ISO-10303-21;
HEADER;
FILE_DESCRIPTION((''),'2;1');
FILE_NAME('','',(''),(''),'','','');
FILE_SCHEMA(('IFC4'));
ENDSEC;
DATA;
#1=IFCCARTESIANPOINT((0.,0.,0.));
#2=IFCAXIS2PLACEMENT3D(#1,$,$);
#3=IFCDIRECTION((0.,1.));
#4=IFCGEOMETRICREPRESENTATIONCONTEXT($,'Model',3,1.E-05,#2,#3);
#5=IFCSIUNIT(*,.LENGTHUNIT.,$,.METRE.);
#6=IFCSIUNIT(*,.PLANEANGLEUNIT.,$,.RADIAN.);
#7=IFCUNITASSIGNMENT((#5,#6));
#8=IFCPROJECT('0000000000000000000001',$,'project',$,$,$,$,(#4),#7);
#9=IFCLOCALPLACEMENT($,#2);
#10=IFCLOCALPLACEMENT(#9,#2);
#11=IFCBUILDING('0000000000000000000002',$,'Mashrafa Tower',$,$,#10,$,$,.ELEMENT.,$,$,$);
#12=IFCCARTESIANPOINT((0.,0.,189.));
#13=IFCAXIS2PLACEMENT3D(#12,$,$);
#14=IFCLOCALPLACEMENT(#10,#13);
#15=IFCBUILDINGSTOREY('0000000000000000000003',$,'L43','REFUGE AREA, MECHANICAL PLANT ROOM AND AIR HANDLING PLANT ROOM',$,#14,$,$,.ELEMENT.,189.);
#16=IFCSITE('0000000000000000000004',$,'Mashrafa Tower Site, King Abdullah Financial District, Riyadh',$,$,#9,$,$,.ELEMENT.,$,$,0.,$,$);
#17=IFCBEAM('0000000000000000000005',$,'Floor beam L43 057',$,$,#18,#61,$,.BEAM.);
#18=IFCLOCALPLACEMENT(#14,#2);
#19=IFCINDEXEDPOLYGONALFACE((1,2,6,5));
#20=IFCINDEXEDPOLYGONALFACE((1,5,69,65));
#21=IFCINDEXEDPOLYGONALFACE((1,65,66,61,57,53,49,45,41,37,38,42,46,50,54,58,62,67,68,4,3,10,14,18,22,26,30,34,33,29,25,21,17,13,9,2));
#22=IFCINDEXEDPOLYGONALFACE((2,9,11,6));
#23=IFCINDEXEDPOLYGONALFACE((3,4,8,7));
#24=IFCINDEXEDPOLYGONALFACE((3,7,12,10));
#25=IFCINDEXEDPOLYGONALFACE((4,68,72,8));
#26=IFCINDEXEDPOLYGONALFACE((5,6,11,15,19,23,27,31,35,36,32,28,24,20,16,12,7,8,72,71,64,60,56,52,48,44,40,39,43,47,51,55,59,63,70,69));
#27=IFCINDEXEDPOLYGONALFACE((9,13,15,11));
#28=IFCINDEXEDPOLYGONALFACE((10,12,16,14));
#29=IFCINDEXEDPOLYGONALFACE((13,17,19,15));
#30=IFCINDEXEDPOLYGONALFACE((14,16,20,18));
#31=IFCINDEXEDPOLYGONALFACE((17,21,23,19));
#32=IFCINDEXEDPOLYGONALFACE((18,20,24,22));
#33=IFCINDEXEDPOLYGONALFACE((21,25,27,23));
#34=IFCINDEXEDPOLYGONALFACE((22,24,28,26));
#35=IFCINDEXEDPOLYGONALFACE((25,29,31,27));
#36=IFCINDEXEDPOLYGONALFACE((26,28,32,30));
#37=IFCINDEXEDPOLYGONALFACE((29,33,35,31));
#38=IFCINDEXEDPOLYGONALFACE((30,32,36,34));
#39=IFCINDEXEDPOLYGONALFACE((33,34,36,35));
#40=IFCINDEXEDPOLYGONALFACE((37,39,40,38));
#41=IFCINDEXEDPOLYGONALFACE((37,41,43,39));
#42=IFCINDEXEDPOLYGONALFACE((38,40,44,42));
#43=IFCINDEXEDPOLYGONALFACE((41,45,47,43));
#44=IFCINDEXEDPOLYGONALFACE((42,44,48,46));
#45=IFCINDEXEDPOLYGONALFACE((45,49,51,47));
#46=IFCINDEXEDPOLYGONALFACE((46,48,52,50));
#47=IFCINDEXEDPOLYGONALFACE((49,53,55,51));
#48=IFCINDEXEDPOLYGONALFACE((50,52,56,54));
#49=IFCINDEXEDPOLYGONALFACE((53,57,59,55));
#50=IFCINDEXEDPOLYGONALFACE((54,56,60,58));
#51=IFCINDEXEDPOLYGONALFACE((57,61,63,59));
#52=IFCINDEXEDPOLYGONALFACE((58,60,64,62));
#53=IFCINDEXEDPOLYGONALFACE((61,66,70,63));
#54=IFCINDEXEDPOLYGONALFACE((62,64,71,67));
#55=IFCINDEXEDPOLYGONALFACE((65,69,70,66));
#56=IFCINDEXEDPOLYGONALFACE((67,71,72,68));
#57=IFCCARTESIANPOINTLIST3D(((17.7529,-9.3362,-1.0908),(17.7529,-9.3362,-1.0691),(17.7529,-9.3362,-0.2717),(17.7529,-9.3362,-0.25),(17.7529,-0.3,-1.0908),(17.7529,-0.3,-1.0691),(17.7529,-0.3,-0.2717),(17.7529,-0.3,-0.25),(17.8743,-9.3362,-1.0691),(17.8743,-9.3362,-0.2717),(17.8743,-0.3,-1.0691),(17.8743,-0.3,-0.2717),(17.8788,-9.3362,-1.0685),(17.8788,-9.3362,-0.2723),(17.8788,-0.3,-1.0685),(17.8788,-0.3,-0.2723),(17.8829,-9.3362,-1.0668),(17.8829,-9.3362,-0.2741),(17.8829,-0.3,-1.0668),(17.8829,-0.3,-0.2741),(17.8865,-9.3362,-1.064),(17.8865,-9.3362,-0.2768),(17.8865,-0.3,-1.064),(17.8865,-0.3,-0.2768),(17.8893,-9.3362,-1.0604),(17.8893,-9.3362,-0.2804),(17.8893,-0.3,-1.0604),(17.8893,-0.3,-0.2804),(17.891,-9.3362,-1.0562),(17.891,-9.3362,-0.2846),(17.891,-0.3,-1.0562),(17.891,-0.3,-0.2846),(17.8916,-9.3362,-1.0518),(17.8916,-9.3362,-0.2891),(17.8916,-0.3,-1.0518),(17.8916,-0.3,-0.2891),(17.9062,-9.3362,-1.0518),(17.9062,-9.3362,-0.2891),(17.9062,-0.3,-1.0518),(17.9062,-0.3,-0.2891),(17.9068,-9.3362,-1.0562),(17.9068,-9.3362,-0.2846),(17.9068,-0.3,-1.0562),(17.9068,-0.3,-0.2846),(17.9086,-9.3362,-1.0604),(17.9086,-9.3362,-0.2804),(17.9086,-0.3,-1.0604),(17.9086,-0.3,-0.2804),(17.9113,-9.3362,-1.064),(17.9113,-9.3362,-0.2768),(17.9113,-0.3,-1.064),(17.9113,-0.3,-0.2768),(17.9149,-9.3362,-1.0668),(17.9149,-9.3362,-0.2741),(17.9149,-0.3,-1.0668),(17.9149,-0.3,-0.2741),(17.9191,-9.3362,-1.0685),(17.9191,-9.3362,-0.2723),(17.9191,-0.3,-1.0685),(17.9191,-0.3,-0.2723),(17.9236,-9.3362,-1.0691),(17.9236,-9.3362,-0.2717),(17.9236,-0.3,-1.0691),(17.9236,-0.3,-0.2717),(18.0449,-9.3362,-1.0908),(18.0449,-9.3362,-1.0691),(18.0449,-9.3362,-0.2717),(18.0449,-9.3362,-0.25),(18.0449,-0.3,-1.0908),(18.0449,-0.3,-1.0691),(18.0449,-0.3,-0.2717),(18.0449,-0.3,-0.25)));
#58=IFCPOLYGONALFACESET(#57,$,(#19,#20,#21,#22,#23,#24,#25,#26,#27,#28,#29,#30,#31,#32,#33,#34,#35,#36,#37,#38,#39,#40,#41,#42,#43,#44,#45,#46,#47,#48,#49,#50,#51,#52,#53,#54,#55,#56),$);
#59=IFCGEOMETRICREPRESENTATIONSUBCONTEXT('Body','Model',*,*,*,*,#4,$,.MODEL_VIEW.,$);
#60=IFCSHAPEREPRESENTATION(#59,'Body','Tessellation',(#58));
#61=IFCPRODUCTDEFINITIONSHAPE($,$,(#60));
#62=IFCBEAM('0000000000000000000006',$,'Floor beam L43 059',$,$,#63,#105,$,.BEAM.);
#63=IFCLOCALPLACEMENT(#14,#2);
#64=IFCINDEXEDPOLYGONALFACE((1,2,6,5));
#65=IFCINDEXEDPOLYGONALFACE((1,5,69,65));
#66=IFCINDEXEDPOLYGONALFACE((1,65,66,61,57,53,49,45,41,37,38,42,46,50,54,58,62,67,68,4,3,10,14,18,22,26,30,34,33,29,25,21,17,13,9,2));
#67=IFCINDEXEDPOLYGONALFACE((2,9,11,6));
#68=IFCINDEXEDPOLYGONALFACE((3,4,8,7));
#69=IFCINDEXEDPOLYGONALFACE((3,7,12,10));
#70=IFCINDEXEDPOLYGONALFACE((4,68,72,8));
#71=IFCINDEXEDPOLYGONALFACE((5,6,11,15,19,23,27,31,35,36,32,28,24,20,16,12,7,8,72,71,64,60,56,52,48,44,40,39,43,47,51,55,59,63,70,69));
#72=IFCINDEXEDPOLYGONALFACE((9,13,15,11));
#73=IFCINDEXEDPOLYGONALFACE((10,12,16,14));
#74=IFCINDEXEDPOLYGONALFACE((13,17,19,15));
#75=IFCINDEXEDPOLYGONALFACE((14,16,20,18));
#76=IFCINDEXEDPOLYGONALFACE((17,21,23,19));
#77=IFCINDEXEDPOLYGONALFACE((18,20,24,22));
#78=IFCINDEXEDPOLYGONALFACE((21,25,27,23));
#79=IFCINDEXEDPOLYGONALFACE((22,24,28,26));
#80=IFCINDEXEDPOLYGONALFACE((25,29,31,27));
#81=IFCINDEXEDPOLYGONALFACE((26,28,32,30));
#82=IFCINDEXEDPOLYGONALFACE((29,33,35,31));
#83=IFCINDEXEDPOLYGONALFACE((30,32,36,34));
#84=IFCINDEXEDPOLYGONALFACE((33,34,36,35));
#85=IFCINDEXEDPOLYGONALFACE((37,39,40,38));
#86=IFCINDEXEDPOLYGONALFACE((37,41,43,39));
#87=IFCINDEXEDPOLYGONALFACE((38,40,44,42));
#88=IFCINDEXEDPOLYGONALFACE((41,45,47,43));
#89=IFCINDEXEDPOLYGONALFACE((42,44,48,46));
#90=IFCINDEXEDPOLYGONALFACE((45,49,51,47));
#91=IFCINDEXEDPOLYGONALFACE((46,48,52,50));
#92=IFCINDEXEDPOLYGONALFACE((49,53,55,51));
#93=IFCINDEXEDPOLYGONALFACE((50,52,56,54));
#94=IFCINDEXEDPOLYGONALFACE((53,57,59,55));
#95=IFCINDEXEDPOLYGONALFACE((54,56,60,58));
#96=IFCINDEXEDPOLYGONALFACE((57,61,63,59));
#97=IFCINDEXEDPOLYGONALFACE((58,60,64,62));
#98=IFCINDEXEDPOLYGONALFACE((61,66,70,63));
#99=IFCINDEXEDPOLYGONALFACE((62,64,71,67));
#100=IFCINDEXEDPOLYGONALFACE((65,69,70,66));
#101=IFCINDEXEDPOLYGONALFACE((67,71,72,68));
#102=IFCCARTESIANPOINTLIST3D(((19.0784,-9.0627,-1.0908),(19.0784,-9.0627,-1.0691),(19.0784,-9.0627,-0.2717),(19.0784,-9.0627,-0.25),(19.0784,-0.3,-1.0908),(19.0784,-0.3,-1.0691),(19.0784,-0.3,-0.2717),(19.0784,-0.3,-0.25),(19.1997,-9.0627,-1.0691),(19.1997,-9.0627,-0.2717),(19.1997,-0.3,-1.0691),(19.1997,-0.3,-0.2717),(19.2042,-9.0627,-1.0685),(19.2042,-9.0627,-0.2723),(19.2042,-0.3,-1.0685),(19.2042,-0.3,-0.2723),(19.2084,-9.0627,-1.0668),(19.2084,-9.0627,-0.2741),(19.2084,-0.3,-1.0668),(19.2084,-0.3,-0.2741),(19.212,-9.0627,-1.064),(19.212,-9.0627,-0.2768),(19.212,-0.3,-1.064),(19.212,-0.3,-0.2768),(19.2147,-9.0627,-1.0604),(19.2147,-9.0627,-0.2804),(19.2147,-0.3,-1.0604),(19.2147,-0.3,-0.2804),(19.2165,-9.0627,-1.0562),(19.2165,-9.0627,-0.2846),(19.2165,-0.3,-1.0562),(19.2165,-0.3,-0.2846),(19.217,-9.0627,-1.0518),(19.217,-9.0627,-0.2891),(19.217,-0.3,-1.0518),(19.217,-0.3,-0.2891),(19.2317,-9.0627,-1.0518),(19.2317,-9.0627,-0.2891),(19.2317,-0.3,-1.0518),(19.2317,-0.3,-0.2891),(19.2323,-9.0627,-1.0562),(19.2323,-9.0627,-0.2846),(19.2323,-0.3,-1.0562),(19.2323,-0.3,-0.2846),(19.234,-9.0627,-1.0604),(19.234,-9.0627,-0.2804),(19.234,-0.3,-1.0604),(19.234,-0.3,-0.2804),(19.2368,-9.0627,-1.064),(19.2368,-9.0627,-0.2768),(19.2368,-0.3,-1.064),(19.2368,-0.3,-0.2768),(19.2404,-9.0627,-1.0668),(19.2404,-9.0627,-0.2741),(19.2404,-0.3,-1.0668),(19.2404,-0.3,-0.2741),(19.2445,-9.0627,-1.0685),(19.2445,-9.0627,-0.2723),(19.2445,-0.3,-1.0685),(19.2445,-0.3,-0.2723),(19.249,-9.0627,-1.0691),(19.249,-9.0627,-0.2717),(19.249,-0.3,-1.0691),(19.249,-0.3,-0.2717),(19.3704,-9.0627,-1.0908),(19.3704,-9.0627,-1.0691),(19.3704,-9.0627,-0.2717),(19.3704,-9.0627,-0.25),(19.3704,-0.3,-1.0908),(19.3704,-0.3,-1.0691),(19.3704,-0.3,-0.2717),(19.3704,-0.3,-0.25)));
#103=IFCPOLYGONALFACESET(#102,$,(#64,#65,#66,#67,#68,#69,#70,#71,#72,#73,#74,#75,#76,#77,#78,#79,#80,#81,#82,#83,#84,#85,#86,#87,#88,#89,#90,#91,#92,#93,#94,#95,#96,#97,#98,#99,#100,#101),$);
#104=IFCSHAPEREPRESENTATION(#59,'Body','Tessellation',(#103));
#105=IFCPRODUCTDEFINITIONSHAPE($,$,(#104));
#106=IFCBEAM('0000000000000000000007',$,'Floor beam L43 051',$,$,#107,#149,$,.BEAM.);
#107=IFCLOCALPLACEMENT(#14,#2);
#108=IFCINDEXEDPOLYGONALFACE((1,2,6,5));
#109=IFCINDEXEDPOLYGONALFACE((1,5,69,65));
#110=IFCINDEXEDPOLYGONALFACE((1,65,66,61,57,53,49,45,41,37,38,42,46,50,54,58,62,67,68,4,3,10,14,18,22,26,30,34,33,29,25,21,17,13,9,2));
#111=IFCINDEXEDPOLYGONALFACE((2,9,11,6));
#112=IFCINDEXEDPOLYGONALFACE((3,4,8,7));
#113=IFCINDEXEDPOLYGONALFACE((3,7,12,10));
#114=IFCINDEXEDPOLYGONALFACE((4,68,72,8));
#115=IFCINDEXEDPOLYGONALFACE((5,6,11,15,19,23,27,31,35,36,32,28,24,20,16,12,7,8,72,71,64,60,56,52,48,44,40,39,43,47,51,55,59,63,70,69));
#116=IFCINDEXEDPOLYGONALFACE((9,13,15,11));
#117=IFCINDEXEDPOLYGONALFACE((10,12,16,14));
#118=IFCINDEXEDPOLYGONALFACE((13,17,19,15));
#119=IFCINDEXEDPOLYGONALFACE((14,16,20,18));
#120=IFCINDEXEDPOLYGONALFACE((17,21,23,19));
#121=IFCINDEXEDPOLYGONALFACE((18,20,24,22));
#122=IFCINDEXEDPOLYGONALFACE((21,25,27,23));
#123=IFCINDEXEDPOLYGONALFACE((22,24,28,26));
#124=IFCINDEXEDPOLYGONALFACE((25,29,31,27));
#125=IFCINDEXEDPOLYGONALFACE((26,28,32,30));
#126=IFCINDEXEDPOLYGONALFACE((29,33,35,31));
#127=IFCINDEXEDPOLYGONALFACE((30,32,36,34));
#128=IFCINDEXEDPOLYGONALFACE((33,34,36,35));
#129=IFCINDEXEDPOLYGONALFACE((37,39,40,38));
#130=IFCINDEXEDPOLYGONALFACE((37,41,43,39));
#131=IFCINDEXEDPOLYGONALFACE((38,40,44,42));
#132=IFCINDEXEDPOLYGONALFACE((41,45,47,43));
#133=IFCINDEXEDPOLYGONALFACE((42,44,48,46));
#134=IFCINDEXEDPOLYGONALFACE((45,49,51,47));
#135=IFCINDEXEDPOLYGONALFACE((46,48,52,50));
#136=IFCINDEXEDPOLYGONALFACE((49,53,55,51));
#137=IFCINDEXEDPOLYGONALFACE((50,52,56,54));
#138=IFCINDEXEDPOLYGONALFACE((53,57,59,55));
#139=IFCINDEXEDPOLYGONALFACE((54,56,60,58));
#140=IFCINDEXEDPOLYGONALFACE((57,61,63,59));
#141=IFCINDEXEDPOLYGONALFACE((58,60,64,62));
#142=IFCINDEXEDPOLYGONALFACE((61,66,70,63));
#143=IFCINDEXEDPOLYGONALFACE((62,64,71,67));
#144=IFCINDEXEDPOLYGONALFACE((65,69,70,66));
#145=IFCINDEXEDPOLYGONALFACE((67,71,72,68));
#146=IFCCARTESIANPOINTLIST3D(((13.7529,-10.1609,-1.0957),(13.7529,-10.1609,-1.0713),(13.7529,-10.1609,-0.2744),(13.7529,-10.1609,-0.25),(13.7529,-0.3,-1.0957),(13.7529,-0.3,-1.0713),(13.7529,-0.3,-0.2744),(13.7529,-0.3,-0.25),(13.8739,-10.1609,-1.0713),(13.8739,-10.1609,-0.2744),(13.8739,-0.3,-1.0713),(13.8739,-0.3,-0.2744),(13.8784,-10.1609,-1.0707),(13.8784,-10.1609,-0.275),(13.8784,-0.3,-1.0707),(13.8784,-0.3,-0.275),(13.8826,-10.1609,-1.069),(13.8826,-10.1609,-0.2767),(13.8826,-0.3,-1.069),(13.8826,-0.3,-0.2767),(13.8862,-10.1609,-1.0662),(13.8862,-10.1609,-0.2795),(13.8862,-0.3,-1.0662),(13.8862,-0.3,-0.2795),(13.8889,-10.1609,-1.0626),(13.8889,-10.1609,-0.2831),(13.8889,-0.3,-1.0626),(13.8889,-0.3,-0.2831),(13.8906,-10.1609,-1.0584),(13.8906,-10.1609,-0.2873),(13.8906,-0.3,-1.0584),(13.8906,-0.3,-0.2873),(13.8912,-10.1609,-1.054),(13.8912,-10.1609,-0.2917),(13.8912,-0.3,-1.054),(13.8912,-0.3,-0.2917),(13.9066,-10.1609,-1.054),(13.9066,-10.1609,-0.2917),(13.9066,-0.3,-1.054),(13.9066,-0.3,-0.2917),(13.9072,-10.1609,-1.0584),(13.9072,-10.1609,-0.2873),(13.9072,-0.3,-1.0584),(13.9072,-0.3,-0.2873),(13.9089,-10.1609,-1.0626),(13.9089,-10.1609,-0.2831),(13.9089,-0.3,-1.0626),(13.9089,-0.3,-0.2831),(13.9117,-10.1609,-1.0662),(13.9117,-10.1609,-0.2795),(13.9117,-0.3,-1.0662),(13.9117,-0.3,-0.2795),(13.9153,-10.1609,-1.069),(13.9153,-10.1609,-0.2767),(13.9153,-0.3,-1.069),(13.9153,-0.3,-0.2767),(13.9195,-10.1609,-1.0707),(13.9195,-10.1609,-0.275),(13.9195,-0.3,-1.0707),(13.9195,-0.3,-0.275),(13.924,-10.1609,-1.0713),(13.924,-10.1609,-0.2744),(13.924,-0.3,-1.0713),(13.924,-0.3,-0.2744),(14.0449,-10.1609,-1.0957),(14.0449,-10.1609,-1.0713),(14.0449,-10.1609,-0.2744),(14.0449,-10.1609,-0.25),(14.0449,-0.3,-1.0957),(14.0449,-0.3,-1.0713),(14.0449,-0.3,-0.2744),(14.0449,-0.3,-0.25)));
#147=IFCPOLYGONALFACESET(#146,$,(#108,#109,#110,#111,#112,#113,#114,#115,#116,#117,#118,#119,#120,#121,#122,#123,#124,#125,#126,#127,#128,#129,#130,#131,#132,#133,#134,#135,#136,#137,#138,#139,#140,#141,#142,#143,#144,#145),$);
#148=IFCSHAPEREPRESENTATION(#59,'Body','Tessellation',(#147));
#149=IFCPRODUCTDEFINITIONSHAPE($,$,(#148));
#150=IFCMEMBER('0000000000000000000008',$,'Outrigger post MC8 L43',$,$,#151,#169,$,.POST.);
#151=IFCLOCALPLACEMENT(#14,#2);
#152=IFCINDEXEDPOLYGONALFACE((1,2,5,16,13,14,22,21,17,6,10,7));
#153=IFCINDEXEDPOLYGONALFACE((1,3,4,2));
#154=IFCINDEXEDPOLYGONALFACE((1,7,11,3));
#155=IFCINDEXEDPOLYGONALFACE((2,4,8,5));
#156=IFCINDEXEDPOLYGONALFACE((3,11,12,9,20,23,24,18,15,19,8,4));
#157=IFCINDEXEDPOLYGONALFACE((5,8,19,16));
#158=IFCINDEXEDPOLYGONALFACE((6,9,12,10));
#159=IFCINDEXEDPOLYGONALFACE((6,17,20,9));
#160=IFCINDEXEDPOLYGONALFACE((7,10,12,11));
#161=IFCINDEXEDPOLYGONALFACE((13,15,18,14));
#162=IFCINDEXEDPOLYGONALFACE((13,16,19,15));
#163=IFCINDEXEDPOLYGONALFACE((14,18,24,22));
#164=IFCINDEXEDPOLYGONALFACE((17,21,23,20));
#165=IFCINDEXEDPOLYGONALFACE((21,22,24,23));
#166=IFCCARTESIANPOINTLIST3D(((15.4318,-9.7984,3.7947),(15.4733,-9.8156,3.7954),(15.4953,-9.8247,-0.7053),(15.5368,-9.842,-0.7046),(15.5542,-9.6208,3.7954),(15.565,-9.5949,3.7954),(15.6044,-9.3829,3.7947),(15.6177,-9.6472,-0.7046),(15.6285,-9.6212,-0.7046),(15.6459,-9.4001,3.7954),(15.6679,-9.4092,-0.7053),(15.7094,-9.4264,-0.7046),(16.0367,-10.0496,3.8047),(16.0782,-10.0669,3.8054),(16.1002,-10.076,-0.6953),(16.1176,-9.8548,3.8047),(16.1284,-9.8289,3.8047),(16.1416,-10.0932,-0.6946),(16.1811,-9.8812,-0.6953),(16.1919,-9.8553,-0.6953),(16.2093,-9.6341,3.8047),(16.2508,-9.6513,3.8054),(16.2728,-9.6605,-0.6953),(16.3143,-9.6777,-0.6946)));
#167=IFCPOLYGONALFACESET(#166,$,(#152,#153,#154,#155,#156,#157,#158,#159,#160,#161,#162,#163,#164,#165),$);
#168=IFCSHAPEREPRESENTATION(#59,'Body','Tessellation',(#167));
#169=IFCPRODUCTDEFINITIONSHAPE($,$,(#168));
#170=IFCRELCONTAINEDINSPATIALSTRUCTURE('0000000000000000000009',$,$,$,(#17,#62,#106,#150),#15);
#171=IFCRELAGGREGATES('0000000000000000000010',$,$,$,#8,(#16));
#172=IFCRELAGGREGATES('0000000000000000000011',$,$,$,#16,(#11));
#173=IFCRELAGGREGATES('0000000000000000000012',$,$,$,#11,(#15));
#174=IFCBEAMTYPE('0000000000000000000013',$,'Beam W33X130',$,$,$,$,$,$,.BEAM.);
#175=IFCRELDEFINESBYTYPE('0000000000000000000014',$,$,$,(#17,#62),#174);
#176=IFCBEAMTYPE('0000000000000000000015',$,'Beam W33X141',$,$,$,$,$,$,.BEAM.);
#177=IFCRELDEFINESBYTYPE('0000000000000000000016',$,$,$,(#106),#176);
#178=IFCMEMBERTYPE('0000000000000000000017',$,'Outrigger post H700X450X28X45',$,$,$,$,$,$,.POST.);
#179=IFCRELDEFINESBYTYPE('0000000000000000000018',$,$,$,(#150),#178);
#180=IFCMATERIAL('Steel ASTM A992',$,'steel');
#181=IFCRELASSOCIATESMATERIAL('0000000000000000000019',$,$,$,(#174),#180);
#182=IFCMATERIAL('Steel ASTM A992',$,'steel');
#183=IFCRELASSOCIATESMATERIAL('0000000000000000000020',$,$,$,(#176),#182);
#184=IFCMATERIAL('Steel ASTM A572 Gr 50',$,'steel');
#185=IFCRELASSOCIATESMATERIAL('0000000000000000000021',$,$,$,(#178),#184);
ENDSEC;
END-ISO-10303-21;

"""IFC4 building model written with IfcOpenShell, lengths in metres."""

from ifc_helpers import new_model, si_unit, direction, frame, origin, origin_2d, place, context, subcontext, project, spatial, i_section, extrude, source, transform, mapped, material, material_profile, profile_set, type_object, type_shapes, element, save


model = new_model("IFC4")

# Units and contexts
model_context = context("Model", 3, precision=1e-05, world=origin(), true_north=direction((0.0, 1.0)))
body_context = subcontext(model_context, "Body", "Model", "MODEL_VIEW")
ifc_project = project(units=[si_unit("LENGTHUNIT", "METRE"), si_unit("PLANEANGLEUNIT", "RADIAN")], contexts=[model_context])

# Site, building, storey
site_placement = place(None, origin())
site = spatial("IfcSite", under=ifc_project, at=site_placement, Name="Mashrafa Tower Site, King Abdullah Financial District, Riyadh", CompositionType="ELEMENT", RefElevation=0.0)
building_placement = place(site_placement, origin())
building = spatial("IfcBuilding", under=site, at=building_placement, Name="Mashrafa Tower", CompositionType="ELEMENT")
storey_placement = place(building_placement, frame((0.0, 0.0, 189.0)))
storey = spatial("IfcBuildingStorey", under=building, at=storey_placement, Name="L43", Description="REFUGE AREA, MECHANICAL PLANT ROOM AND AIR HANDLING PLANT ROOM", CompositionType="ELEMENT", Elevation=189.0)

# Beams
ifc_material_1 = material(Name="Steel ASTM A992", Category="steel")
ifc_material_profile_1 = material_profile(ifc_material_1, i_section(OverallWidth=0.292, OverallDepth=0.8408, WebThickness=0.0146, FlangeThickness=0.0217, FilletRadius=0.0173, at=origin_2d()), Name="W33X130")
ifc_profile_set_1 = profile_set([ifc_material_profile_1], Name="Steel ASTM A992")
beam_type_1 = type_object("IfcBeamType", Name="Beam W33X130", PredefinedType="BEAM", material=ifc_profile_set_1)
beam_1_placement = place(storey_placement, frame((17.8989, -0.3, -0.6704), z_axis=(0.0, -1.0, 0.0), x_axis=(1.0, 0.0, 0.0)))
element("IfcBeam", 1, at=beam_1_placement, inside=storey, type_object=beam_type_1, Name="Floor beam L43 057", PredefinedType="BEAM", context=body_context, shape_type="SweptSolid", body=[
    extrude(i_section(OverallWidth=0.292, OverallDepth=0.8408, WebThickness=0.0146, FlangeThickness=0.0217, FilletRadius=0.0173, at=origin_2d()), origin(), (0.0, 0.0, 1.0), 9.0361),
])
beam_2_placement = place(storey_placement, frame((19.2244, -0.3, -0.6704), z_axis=(0.0, -1.0, 0.0), x_axis=(1.0, 0.0, 0.0)))
element("IfcBeam", 2, at=beam_2_placement, inside=storey, type_object=beam_type_1, Name="Floor beam L43 059", PredefinedType="BEAM", context=body_context, shape_type="SweptSolid", body=[
    extrude(i_section(OverallWidth=0.292, OverallDepth=0.8408, WebThickness=0.0146, FlangeThickness=0.0217, FilletRadius=0.0173, at=origin_2d()), origin(), (0.0, 0.0, 1.0), 8.7627),
])
ifc_material_2 = material(Name="Steel ASTM A992", Category="steel")
ifc_material_profile_2 = material_profile(ifc_material_2, i_section(OverallWidth=0.292, OverallDepth=0.8457, WebThickness=0.0154, FlangeThickness=0.0244, FilletRadius=0.0173, at=origin_2d()), Name="W33X141")
ifc_profile_set_2 = profile_set([ifc_material_profile_2], Name="Steel ASTM A992")
beam_type_2 = type_object("IfcBeamType", Name="Beam W33X141", PredefinedType="BEAM", material=ifc_profile_set_2)
beam_3_placement = place(storey_placement, frame((13.8989, -0.3, -0.6729), z_axis=(0.0, -1.0, 0.0), x_axis=(1.0, 0.0, 0.0)))
element("IfcBeam", 3, at=beam_3_placement, inside=storey, type_object=beam_type_2, Name="Floor beam L43 051", PredefinedType="BEAM", context=body_context, shape_type="SweptSolid", body=[
    extrude(i_section(OverallWidth=0.292, OverallDepth=0.8457, WebThickness=0.0154, FlangeThickness=0.0244, FilletRadius=0.0173, at=origin_2d()), origin(), (0.0, 0.0, 1.0), 9.8608),
])

# Member
ifc_material_3 = material(Name="Steel ASTM A572 Gr 50", Category="steel")
ifc_material_profile_3 = material_profile(ifc_material_3, i_section(OverallWidth=0.45, OverallDepth=0.7, WebThickness=0.0281, FlangeThickness=0.0449, at=origin_2d()), Name="H700X450X28X45")
ifc_profile_set_3 = profile_set([ifc_material_profile_3], Name="Steel ASTM A572 Gr 50")
member_type_1 = type_object("IfcMemberType", Name="Outrigger post H700X450X28X45", PredefinedType="POST", material=ifc_profile_set_3)
shared_shape_1 = source(origin(), body_context, "Body", "SweptSolid", [
    extrude(i_section(OverallWidth=0.45, OverallDepth=0.7, WebThickness=0.0281, FlangeThickness=0.0449, at=origin_2d()), origin(), (0.0, 0.0, 1.0), 4.5005),
])
type_shapes(member_type_1, [shared_shape_1])
member_1_placement = place(storey_placement, frame((15.9048, -9.7512, -0.7), z_axis=(-0.014104, 0.005859, 0.999883), x_axis=(-0.383606, -0.923497, 0.0)))
element("IfcMember", 4, at=member_1_placement, inside=storey, type_object=member_type_1, Name="Outrigger post MC8 L43", PredefinedType="POST", context=body_context, shape_type="MappedRepresentation", body=[
    mapped(shared_shape_1, transform((0.0, 0.0, 0.0))),
])

save(model, "model.ifc")
